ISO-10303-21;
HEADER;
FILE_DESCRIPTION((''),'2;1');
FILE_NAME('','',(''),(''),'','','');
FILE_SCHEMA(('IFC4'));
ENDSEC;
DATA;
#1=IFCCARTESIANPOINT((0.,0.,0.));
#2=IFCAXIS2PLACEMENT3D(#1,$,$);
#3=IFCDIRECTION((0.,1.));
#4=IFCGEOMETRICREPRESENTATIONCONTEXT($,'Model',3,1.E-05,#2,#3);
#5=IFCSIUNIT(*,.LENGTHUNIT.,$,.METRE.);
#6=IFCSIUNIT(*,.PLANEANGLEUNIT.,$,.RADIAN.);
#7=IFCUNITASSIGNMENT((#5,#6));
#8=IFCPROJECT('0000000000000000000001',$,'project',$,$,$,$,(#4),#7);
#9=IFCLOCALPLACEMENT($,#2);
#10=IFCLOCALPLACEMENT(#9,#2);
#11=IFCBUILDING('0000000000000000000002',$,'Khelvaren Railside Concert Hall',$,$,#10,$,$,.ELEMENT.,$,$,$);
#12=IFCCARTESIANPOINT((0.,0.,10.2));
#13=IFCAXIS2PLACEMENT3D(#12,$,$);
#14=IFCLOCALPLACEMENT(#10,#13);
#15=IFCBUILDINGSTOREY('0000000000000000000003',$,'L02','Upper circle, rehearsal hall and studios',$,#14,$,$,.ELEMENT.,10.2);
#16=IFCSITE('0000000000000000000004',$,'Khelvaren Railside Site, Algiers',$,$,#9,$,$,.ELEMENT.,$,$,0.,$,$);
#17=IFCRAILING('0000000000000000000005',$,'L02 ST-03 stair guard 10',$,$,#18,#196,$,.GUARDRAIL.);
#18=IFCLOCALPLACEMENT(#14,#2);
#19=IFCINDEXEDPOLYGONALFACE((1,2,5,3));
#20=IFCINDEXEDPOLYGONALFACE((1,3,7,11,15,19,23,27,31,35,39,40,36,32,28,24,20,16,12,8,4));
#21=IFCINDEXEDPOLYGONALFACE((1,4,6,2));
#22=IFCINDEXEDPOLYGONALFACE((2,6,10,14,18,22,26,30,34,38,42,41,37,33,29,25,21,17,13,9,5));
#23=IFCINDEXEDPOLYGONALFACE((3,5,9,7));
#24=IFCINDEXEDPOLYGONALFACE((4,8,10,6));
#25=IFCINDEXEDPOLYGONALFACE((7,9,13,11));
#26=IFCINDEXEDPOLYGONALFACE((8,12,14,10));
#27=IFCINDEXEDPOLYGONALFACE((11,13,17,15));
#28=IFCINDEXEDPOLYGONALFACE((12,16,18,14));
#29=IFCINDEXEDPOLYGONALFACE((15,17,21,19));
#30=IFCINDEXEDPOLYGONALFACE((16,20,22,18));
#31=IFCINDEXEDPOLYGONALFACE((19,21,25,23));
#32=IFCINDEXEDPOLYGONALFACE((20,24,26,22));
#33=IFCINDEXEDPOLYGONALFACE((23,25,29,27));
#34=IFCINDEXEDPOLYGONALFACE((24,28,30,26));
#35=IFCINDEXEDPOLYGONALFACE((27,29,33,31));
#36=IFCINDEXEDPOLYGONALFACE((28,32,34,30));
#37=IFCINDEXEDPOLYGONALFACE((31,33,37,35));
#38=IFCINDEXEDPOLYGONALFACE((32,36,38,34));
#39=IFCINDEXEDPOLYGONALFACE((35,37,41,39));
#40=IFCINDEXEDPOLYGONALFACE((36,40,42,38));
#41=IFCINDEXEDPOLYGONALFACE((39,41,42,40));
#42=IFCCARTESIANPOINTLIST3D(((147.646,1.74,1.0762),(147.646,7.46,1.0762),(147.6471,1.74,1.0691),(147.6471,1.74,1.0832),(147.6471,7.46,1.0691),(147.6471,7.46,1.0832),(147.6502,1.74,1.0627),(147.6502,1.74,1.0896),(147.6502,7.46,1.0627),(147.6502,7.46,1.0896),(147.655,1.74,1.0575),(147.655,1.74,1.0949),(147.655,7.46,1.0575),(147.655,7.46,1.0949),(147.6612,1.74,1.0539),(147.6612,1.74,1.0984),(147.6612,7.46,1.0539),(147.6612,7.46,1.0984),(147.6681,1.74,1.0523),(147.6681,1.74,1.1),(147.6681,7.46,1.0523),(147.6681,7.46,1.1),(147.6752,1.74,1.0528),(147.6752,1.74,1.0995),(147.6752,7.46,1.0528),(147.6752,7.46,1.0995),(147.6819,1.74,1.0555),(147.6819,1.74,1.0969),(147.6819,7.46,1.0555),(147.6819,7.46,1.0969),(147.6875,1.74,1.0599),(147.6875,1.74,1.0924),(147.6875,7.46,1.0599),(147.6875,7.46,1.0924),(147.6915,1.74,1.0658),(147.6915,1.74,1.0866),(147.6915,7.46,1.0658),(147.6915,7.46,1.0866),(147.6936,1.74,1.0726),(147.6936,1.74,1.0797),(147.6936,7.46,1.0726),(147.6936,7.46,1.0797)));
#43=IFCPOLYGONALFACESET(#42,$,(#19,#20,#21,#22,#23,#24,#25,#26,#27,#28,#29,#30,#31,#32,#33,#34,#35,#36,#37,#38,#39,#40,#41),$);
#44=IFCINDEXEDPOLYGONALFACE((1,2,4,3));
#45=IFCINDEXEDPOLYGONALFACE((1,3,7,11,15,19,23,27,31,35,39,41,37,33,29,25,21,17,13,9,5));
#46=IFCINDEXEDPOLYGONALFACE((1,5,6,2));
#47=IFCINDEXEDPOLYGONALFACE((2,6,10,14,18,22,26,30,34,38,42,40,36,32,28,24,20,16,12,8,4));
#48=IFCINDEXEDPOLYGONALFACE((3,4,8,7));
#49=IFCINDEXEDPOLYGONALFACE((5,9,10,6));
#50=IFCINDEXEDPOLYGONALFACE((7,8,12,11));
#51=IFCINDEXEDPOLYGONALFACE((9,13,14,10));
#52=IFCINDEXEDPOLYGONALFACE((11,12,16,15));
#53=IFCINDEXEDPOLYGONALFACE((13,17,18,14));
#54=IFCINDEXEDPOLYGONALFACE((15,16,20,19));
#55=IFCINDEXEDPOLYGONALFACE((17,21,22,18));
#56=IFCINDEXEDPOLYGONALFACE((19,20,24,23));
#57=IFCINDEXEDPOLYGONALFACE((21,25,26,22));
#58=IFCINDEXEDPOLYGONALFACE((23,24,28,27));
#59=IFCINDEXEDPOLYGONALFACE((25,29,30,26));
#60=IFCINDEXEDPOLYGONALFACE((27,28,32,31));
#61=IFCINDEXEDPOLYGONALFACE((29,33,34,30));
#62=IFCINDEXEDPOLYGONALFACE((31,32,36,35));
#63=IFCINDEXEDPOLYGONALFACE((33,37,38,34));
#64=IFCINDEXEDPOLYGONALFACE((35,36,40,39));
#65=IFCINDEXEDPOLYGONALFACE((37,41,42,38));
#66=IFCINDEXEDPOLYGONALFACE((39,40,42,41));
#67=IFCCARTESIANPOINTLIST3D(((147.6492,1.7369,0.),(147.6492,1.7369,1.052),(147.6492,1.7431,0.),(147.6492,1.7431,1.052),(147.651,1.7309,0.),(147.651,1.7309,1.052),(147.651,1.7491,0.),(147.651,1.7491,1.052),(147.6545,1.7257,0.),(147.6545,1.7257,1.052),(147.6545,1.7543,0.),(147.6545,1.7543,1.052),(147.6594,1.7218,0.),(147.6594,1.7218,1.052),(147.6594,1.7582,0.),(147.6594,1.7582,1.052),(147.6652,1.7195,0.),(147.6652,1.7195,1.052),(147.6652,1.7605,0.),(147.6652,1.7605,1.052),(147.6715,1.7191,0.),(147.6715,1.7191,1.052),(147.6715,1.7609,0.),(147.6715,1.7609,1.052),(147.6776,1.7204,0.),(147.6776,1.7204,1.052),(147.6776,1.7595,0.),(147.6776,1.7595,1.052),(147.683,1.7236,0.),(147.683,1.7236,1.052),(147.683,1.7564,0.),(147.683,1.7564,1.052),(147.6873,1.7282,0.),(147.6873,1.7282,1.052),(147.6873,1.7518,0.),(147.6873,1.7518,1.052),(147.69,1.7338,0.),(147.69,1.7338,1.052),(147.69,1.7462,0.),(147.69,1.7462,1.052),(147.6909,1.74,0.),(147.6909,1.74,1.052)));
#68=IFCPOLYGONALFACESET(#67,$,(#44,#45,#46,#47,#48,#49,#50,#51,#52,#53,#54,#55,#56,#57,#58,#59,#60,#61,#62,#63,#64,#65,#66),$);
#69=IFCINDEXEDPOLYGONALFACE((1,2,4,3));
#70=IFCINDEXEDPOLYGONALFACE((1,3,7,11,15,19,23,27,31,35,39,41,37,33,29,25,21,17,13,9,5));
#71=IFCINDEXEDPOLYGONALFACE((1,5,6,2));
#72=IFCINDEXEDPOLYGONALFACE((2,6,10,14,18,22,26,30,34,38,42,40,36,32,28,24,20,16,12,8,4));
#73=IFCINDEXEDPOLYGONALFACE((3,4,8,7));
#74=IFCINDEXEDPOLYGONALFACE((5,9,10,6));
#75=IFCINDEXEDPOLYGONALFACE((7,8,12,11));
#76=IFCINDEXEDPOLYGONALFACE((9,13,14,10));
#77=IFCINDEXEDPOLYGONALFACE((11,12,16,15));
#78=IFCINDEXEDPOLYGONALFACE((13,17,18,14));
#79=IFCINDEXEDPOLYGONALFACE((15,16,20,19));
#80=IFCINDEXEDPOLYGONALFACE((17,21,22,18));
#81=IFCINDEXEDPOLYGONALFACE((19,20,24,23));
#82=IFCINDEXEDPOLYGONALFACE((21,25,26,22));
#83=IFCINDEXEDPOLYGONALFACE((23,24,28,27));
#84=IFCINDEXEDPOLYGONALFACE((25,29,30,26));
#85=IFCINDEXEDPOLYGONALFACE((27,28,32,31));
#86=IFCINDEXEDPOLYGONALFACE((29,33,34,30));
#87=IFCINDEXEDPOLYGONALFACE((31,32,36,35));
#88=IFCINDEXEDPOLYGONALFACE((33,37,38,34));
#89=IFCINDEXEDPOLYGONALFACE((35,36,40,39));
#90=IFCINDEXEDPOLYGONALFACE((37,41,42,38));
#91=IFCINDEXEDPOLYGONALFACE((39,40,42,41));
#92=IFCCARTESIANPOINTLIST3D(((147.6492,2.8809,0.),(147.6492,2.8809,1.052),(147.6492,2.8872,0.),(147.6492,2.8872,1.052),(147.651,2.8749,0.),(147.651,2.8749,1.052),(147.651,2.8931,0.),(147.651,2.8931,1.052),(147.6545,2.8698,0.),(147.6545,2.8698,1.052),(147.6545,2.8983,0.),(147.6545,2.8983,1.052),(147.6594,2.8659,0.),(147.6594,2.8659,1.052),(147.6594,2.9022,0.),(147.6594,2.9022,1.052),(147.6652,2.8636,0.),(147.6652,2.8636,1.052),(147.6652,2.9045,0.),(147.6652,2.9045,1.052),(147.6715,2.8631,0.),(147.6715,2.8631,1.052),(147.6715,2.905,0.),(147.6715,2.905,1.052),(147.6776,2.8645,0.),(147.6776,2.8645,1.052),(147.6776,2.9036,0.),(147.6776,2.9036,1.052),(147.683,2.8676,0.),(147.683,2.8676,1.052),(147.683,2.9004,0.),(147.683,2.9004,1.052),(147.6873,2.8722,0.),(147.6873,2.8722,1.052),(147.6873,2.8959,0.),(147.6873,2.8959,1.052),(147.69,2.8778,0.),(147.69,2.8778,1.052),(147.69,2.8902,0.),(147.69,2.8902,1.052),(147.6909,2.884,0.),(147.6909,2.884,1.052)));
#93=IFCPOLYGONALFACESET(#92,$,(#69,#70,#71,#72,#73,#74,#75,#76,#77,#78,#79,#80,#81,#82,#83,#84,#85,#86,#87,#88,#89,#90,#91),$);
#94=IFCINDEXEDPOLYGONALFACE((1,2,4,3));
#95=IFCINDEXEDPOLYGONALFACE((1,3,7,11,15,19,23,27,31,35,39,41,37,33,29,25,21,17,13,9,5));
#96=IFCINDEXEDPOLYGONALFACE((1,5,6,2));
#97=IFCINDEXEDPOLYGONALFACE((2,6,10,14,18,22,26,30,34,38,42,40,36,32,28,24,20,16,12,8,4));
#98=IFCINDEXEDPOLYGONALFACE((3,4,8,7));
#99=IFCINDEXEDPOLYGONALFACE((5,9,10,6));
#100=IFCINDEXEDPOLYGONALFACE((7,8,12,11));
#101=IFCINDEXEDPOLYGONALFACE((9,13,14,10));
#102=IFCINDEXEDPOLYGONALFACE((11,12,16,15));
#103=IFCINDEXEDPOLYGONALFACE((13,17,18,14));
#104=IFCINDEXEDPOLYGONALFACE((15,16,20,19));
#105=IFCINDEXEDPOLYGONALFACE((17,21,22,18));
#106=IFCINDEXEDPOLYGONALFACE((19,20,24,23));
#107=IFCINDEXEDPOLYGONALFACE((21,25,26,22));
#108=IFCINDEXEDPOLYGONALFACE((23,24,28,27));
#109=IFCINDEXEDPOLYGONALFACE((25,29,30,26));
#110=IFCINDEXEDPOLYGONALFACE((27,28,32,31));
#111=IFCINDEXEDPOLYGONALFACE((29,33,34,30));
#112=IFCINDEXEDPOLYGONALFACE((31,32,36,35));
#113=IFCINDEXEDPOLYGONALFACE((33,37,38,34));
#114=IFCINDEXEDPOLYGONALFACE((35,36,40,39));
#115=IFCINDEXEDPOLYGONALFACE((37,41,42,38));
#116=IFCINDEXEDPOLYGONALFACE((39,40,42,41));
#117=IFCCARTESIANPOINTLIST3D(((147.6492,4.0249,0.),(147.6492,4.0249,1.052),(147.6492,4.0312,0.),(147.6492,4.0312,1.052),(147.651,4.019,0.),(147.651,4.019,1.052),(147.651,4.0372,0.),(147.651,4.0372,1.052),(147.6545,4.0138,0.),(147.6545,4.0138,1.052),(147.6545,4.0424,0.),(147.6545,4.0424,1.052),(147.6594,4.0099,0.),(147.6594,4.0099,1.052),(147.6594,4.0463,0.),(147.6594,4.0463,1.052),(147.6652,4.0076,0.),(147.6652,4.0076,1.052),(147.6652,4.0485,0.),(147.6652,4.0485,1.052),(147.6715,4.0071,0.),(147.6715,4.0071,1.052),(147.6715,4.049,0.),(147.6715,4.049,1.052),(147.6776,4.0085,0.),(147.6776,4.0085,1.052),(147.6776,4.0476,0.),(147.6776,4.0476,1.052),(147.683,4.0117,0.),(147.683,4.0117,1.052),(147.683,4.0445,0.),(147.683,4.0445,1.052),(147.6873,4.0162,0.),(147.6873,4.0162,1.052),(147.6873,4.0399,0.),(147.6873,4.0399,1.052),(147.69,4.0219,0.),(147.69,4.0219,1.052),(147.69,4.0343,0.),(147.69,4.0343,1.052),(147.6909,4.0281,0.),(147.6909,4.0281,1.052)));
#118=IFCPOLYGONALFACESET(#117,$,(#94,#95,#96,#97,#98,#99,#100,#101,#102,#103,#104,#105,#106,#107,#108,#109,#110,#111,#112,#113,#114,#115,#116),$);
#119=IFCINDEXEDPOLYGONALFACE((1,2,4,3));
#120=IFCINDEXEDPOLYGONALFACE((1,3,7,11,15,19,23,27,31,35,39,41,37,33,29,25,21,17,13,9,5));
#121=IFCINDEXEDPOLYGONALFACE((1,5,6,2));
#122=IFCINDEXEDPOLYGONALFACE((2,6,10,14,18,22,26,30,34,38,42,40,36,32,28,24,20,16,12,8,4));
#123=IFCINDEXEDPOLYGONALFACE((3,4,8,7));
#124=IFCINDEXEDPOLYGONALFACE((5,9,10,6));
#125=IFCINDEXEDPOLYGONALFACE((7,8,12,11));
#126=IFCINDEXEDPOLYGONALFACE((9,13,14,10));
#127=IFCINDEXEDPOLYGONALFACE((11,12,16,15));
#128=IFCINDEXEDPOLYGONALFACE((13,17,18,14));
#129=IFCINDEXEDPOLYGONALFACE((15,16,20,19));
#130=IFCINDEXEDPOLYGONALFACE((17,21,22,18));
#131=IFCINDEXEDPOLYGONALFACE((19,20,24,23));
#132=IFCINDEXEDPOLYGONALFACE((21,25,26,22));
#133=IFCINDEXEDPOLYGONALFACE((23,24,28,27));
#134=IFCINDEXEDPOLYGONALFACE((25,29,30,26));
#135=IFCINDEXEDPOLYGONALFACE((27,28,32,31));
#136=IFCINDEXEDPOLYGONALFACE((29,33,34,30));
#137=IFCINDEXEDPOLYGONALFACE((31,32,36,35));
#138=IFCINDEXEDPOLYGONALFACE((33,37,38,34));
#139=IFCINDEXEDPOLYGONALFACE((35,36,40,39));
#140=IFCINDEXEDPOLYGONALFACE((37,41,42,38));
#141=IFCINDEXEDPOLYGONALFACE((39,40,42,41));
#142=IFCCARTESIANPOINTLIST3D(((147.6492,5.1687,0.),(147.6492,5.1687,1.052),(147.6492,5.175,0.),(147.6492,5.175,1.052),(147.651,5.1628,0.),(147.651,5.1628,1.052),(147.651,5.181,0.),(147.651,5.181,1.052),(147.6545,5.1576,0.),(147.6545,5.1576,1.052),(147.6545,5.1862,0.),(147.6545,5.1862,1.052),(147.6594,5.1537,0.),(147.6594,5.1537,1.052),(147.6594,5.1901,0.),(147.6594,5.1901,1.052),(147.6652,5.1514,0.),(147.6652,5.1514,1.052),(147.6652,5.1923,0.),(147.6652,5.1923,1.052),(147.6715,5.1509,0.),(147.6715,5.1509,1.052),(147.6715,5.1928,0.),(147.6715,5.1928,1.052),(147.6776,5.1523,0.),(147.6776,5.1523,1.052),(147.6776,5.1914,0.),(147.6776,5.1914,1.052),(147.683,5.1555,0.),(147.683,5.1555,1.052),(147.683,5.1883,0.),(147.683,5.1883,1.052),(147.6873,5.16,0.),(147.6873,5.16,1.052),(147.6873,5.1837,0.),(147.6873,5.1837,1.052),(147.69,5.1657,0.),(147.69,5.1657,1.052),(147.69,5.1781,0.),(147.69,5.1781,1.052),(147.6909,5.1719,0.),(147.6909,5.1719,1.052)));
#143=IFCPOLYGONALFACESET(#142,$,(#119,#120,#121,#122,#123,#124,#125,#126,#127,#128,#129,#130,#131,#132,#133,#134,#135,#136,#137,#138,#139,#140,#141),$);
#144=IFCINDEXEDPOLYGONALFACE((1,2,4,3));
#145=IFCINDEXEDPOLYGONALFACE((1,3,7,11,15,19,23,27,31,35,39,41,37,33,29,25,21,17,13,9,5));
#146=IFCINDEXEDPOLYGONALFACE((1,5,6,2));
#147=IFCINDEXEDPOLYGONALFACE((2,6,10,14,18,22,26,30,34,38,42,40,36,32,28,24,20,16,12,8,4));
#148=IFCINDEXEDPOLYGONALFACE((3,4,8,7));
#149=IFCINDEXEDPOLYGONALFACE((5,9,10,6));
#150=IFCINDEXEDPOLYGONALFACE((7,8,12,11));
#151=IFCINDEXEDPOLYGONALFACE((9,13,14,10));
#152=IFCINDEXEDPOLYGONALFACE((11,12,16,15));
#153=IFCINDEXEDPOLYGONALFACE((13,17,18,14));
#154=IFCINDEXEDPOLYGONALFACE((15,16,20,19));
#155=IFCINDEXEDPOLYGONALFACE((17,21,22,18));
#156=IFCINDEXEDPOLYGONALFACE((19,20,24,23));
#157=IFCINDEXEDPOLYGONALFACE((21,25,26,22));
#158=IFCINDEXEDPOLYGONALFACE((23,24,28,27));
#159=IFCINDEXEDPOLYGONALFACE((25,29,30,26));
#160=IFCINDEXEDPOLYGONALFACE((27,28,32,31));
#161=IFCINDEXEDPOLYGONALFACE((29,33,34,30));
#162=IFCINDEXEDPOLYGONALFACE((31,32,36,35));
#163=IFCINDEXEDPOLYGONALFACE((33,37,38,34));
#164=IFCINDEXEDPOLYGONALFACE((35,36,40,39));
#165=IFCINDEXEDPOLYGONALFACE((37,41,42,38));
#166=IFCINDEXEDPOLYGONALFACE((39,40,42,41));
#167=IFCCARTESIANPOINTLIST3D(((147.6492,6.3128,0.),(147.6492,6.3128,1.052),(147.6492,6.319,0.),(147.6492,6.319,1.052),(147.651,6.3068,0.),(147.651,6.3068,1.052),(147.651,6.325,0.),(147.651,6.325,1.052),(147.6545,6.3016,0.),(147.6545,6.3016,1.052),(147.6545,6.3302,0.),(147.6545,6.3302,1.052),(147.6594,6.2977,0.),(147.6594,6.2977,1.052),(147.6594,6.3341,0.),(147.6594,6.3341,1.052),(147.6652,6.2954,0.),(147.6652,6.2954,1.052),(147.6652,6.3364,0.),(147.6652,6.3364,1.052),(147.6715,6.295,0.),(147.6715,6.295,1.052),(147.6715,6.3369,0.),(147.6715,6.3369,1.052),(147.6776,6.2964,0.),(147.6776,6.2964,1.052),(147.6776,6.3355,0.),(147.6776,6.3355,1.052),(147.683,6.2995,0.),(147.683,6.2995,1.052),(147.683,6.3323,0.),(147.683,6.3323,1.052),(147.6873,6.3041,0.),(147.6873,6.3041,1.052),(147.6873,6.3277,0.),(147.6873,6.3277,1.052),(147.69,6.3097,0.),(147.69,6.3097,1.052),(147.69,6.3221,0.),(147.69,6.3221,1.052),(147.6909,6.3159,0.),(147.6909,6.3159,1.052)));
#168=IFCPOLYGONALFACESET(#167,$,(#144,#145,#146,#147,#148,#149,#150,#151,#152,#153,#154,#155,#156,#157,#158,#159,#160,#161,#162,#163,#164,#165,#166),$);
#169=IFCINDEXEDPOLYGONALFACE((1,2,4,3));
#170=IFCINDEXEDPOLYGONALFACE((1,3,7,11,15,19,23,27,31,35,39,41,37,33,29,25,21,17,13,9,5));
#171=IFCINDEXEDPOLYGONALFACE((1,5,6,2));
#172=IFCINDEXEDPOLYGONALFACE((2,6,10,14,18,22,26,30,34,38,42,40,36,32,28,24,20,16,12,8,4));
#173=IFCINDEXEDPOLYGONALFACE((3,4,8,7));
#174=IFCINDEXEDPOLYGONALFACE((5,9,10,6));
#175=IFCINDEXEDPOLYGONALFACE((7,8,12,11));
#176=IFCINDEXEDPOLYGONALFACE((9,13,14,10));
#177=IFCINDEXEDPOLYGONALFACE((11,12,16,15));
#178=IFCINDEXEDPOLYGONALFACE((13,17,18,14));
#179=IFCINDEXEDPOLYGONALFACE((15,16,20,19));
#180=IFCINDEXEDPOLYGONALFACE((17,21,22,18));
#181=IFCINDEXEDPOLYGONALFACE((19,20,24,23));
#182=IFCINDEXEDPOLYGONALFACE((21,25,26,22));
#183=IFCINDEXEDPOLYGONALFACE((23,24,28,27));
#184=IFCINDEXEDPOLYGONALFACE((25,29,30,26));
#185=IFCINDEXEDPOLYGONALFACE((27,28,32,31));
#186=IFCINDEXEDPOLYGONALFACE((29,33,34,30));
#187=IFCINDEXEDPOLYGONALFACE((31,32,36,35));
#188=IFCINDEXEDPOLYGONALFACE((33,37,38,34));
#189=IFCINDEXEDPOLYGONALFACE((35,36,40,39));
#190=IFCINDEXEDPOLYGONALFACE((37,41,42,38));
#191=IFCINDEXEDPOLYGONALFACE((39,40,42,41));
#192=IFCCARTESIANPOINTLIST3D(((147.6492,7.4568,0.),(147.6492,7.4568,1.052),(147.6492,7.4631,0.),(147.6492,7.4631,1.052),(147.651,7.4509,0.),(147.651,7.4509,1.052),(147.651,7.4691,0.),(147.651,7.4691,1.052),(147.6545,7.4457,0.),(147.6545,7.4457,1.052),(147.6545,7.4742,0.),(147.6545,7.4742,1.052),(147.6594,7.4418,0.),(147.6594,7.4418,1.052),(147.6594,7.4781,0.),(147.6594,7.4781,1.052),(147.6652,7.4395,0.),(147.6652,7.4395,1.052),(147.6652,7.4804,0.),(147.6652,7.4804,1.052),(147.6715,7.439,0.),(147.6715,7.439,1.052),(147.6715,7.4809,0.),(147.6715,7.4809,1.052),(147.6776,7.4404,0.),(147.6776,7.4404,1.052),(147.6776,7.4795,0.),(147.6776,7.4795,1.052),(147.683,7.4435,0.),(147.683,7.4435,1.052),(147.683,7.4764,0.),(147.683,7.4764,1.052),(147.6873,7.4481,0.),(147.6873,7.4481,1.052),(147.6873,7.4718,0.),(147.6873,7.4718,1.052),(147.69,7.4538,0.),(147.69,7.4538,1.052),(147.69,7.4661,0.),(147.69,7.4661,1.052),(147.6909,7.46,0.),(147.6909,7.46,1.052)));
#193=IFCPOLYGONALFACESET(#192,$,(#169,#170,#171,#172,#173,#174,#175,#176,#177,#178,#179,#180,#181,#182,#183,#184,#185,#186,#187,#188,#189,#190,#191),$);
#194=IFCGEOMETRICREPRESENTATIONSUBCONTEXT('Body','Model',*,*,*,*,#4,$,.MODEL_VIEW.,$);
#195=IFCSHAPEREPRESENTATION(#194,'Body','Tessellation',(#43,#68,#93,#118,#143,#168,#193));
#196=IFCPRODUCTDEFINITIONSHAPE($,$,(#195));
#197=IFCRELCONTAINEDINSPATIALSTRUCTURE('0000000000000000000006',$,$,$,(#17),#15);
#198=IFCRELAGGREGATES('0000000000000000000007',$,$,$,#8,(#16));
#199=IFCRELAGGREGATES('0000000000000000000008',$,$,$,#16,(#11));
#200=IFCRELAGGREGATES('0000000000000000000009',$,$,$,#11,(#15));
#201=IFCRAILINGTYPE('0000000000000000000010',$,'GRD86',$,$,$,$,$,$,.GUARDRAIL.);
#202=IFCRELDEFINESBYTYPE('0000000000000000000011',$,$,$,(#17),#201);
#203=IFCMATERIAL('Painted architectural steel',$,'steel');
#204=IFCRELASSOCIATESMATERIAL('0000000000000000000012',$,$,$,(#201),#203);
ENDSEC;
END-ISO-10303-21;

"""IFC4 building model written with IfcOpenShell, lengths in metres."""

from ifc_helpers import new_model, si_unit, direction, frame, origin, origin_2d, place, context, subcontext, project, spatial, circle, extrude, material, type_object, element, save


model = new_model("IFC4")

# Units and contexts
model_context = context("Model", 3, precision=1e-05, world=origin(), true_north=direction((0.0, 1.0)))
body_context = subcontext(model_context, "Body", "Model", "MODEL_VIEW")
ifc_project = project(units=[si_unit("LENGTHUNIT", "METRE"), si_unit("PLANEANGLEUNIT", "RADIAN")], contexts=[model_context])

# Site, building, storey
site_placement = place(None, origin())
site = spatial("IfcSite", under=ifc_project, at=site_placement, Name="Khelvaren Railside Site, Algiers", CompositionType="ELEMENT", RefElevation=0.0)
building_placement = place(site_placement, origin())
building = spatial("IfcBuilding", under=site, at=building_placement, Name="Khelvaren Railside Concert Hall", CompositionType="ELEMENT")
storey_placement = place(building_placement, frame((0.0, 0.0, 10.2)))
storey = spatial("IfcBuildingStorey", under=building, at=storey_placement, Name="L02", Description="Upper circle, rehearsal hall and studios", CompositionType="ELEMENT", Elevation=10.2)

# Railing
ifc_material_1 = material(Name="Painted architectural steel", Category="steel")
railing_type_1 = type_object("IfcRailingType", Name="GRD86", PredefinedType="GUARDRAIL", material=ifc_material_1)
railing_1_placement = place(storey_placement, frame((147.6699, 1.74, 0.0)))
element("IfcRailing", 1, at=railing_1_placement, inside=storey, type_object=railing_type_1, Name="L02 ST-03 stair guard 10", PredefinedType="GUARDRAIL", context=body_context, shape_type="SweptSolid", body=[
    extrude(circle(Radius=0.0239, at=origin_2d()), frame((0.0, 0.0, 1.0762), z_axis=(0.0, 1.0, 0.0), x_axis=(-1.0, 0.0, 0.0)), (0.0, 0.0, 1.0), 5.72),
    extrude(circle(Radius=0.021, at=origin_2d()), origin(), (0.0, 0.0, 1.0), 1.052),
    extrude(circle(Radius=0.021, at=origin_2d()), frame((0.0, 1.144, 0.0)), (0.0, 0.0, 1.0), 1.052),
    extrude(circle(Radius=0.021, at=origin_2d()), frame((0.0, 2.2881, 0.0)), (0.0, 0.0, 1.0), 1.052),
    extrude(circle(Radius=0.021, at=origin_2d()), frame((0.0, 3.4319, 0.0)), (0.0, 0.0, 1.0), 1.052),
    extrude(circle(Radius=0.021, at=origin_2d()), frame((0.0, 4.5759, 0.0)), (0.0, 0.0, 1.0), 1.052),
    extrude(circle(Radius=0.021, at=origin_2d()), frame((0.0, 5.72, 0.0)), (0.0, 0.0, 1.0), 1.052),
])

save(model, "model.ifc")
